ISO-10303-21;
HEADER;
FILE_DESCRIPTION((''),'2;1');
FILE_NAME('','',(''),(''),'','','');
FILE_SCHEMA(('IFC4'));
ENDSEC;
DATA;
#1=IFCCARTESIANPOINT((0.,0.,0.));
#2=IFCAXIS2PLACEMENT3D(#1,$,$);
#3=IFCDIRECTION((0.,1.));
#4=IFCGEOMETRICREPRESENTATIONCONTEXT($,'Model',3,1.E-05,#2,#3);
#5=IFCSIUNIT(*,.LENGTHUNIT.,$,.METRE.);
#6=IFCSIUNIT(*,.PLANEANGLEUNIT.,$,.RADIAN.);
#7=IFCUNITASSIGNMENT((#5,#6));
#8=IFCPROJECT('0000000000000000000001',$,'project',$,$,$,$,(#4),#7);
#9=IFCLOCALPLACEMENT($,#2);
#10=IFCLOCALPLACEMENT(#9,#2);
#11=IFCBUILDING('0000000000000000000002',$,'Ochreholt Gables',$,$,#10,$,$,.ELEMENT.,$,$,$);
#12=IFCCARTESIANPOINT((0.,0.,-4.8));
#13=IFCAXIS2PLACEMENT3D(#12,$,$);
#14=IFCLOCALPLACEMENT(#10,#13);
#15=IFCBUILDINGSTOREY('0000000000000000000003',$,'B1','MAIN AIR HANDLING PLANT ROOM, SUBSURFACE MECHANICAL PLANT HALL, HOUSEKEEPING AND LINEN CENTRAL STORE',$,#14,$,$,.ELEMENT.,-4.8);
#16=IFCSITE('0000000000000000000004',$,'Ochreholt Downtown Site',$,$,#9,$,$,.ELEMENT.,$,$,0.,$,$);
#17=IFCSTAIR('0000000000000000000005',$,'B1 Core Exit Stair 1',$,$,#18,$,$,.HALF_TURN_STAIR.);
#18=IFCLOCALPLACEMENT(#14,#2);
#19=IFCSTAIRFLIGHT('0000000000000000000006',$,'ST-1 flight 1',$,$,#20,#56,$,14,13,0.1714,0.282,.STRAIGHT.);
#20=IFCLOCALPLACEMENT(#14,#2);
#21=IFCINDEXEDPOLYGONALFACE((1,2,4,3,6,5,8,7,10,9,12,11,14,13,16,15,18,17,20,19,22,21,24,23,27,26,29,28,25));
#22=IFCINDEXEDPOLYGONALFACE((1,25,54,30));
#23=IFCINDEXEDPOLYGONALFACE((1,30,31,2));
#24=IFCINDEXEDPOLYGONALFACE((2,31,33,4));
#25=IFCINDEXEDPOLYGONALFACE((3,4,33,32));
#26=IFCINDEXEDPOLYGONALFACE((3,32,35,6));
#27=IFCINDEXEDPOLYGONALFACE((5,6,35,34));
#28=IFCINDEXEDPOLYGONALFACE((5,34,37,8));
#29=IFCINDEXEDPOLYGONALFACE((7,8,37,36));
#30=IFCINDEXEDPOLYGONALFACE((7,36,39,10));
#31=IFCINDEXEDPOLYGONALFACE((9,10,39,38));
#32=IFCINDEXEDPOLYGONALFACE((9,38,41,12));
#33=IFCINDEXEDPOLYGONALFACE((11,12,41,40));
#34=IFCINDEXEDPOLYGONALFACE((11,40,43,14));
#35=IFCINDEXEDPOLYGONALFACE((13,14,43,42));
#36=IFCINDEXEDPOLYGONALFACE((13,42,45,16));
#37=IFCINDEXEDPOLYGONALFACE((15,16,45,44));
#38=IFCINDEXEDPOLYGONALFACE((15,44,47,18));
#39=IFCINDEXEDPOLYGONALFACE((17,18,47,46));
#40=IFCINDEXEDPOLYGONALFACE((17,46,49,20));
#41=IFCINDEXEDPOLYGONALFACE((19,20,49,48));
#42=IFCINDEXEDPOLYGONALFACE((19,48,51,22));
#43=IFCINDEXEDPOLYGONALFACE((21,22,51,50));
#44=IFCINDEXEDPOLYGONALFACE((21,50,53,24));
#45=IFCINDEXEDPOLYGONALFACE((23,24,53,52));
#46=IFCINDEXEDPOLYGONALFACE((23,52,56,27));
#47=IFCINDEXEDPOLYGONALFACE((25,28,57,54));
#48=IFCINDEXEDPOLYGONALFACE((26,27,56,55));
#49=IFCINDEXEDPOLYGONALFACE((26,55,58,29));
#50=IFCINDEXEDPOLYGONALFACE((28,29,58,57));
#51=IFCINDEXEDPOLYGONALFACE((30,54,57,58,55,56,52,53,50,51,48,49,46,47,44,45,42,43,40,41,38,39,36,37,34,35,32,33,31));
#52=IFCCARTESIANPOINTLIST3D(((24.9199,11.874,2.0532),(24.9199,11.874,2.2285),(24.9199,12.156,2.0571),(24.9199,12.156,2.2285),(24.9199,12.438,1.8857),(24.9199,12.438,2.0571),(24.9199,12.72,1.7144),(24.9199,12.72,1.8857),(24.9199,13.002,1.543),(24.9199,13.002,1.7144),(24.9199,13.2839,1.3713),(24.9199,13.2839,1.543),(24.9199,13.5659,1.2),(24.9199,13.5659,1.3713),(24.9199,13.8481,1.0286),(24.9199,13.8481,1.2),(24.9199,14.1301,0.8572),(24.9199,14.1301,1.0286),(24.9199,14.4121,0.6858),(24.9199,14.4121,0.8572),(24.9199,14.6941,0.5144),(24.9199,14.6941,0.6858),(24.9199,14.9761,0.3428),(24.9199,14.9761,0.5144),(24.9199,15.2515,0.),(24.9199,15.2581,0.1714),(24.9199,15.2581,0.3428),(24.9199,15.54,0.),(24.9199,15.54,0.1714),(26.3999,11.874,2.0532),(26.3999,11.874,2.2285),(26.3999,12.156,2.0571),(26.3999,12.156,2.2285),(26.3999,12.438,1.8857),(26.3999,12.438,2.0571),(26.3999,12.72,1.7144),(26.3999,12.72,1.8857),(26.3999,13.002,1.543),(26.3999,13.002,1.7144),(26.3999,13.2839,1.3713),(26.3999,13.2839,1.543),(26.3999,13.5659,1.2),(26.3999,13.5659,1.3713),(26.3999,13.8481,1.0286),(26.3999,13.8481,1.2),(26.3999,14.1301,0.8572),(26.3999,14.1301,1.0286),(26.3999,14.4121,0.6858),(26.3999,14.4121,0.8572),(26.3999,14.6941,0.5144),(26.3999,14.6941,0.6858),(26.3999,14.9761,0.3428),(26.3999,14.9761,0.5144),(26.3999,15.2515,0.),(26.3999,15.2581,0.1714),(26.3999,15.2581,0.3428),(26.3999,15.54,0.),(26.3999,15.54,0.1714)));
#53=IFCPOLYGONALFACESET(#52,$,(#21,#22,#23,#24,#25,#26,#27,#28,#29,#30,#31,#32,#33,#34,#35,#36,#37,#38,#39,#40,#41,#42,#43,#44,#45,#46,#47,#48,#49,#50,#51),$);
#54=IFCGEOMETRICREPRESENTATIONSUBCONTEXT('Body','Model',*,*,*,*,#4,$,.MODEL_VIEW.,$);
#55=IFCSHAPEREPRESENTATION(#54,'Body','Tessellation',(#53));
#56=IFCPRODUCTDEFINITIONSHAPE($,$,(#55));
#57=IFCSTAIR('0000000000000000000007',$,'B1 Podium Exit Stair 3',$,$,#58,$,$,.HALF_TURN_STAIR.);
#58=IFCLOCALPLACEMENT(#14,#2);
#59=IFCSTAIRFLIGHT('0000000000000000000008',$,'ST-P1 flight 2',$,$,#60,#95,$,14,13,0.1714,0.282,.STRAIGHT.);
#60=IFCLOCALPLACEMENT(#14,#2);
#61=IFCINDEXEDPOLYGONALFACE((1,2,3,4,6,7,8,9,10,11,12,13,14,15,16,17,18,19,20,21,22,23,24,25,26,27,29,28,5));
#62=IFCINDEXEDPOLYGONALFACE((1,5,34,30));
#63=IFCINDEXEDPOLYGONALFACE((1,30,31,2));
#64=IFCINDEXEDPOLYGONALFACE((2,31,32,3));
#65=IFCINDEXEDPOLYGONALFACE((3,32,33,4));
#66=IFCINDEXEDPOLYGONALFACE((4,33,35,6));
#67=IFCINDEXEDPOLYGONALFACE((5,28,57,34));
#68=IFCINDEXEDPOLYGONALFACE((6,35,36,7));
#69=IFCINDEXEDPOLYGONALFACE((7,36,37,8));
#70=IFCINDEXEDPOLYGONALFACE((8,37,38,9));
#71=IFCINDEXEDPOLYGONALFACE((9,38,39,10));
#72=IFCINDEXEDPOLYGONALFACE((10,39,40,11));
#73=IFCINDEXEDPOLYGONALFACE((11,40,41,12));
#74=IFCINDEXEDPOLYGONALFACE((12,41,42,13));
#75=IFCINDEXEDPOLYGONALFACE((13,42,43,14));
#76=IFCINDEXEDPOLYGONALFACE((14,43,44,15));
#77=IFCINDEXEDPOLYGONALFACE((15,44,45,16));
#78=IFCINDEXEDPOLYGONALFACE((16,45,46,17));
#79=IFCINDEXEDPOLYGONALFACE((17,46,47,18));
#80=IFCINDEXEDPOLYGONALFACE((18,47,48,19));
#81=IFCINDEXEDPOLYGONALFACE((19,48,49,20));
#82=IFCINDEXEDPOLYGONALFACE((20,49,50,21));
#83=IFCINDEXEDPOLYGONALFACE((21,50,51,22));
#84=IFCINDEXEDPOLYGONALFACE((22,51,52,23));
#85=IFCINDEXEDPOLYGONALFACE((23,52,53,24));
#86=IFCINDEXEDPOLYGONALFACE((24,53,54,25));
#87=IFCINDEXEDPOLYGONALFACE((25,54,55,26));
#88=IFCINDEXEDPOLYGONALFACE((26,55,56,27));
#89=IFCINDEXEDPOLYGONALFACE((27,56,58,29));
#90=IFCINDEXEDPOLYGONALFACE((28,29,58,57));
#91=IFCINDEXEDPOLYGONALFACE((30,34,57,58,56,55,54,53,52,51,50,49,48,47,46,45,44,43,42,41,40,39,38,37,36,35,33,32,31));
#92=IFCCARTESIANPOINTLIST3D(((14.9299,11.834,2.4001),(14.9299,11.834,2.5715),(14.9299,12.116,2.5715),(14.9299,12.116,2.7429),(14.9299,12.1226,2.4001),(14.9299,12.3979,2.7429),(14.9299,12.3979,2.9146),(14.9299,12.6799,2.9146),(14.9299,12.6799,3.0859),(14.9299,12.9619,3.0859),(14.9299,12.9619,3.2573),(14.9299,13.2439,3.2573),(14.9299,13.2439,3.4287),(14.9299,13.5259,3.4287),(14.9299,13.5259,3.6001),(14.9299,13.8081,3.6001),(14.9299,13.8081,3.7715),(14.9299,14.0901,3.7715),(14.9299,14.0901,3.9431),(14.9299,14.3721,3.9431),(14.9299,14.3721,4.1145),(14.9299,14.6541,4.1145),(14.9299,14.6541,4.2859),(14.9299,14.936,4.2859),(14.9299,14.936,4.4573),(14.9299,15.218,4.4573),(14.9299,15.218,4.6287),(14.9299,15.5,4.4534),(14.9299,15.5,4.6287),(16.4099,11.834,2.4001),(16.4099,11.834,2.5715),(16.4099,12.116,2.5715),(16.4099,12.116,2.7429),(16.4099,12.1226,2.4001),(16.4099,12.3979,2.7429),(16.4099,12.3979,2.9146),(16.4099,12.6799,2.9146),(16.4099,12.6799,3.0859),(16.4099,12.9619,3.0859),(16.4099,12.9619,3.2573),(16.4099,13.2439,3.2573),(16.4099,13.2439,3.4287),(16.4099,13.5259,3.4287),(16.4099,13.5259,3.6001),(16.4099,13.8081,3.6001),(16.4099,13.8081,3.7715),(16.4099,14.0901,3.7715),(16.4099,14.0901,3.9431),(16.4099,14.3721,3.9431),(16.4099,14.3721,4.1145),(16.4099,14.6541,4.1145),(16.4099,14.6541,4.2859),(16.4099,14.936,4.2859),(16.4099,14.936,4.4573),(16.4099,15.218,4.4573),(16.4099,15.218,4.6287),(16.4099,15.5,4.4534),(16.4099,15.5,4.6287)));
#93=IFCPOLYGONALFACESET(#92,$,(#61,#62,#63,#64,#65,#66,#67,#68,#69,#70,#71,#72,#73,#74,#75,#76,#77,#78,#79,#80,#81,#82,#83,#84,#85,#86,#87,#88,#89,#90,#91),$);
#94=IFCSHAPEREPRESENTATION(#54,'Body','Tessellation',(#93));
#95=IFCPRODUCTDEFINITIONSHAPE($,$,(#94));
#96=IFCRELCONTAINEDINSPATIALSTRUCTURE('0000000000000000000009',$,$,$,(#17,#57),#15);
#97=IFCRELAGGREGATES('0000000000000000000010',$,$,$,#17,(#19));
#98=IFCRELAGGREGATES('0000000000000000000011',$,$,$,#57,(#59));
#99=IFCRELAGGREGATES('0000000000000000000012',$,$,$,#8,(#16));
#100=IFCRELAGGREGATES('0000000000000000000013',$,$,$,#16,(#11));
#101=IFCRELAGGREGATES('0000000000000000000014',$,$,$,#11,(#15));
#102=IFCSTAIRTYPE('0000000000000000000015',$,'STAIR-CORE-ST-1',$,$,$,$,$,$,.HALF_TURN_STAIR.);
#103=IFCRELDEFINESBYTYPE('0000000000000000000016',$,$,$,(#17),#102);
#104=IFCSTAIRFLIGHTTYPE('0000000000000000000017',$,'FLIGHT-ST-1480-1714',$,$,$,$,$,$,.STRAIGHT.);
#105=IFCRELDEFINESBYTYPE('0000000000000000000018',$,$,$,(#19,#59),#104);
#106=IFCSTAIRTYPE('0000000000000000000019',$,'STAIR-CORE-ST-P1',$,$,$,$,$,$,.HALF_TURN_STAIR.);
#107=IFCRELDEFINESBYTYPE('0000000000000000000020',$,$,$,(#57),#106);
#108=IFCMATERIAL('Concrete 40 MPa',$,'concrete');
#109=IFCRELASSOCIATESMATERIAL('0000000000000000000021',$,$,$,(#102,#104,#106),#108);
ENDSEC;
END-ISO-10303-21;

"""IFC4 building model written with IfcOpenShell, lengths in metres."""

from ifc_helpers import new_model, si_unit, direction, frame, origin, place, context, subcontext, project, spatial, polyline, outline, extrude, material, type_object, element, aggregate, save


model = new_model("IFC4")

# Units and contexts
model_context = context("Model", 3, precision=1e-05, world=origin(), true_north=direction((0.0, 1.0)))
body_context = subcontext(model_context, "Body", "Model", "MODEL_VIEW")
ifc_project = project(units=[si_unit("LENGTHUNIT", "METRE"), si_unit("PLANEANGLEUNIT", "RADIAN")], contexts=[model_context])

# Site, building, storey
site_placement = place(None, origin())
site = spatial("IfcSite", under=ifc_project, at=site_placement, Name="Ochreholt Downtown Site", CompositionType="ELEMENT", RefElevation=0.0)
building_placement = place(site_placement, origin())
building = spatial("IfcBuilding", under=site, at=building_placement, Name="Ochreholt Gables", CompositionType="ELEMENT")
storey_placement = place(building_placement, frame((0.0, 0.0, -4.8)))
storey = spatial("IfcBuildingStorey", under=building, at=storey_placement, Name="B1", Description="MAIN AIR HANDLING PLANT ROOM, SUBSURFACE MECHANICAL PLANT HALL, HOUSEKEEPING AND LINEN CENTRAL STORE", CompositionType="ELEMENT", Elevation=-4.8)

# Stairs, stair flights
ifc_material_1 = material(Name="Concrete 40 MPa", Category="concrete")
stair_type_1 = type_object("IfcStairType", Name="STAIR-CORE-ST-1", PredefinedType="HALF_TURN_STAIR", material=ifc_material_1)
stair_1_placement = place(storey_placement, origin())
stair_1 = element("IfcStair", 1, at=stair_1_placement, inside=storey, type_object=stair_type_1, Name="B1 Core Exit Stair 1", PredefinedType="HALF_TURN_STAIR")
stair_flight_type = type_object("IfcStairFlightType", Name="FLIGHT-ST-1480-1714", PredefinedType="STRAIGHT", material=ifc_material_1)
stair_flight_1_placement = place(storey_placement, frame((25.6599, 15.54, 0.0), z_axis=(0.0, 0.0, 1.0), x_axis=(0.0, -1.0, 0.0)))
stair_flight_1 = element("IfcStairFlight", 2, at=stair_flight_1_placement, type_object=stair_flight_type, Name="ST-1 flight 1", NumberOfRisers=14, NumberOfTreads=13, PredefinedType="STRAIGHT", RiserHeight=0.1714, TreadLength=0.282, context=body_context, shape_type="SweptSolid", body=[
    extrude(outline(polyline([(0.0, 0.0), (0.0, 0.1714), (0.282, 0.1714), (0.282, 0.3428), (0.564, 0.3428), (0.564, 0.5144), (0.8459, 0.5144), (0.8459, 0.6858), (1.1279, 0.6858), (1.1279, 0.8572), (1.4099, 0.8572), (1.4099, 1.0286), (1.6919, 1.0286), (1.6919, 1.2), (1.9741, 1.2), (1.9741, 1.3713), (2.2561, 1.3713), (2.2561, 1.543), (2.5381, 1.543), (2.5381, 1.7144), (2.8201, 1.7144), (2.8201, 1.8857), (3.1021, 1.8857), (3.1021, 2.0571), (3.384, 2.0571), (3.384, 2.2285), (3.666, 2.2285), (3.666, 2.3999), (3.666, 2.0532), (0.2886, 0.0), (0.0, 0.0)])), frame((0.0, 0.74, 0.0), z_axis=(0.0, -1.0, 0.0), x_axis=(1.0, 0.0, 0.0)), (0.0, 0.0, 1.0), 1.48),
])
aggregate(stair_1, [stair_flight_1])
stair_type_2 = type_object("IfcStairType", Name="STAIR-CORE-ST-P1", PredefinedType="HALF_TURN_STAIR", material=ifc_material_1)
stair_2_placement = place(storey_placement, origin())
stair_2 = element("IfcStair", 3, at=stair_2_placement, inside=storey, type_object=stair_type_2, Name="B1 Podium Exit Stair 3", PredefinedType="HALF_TURN_STAIR")
stair_flight_2_placement = place(storey_placement, frame((15.6699, 11.834, 2.4001), z_axis=(0.0, 0.0, 1.0), x_axis=(0.0, 1.0, 0.0)))
stair_flight_2 = element("IfcStairFlight", 4, at=stair_flight_2_placement, type_object=stair_flight_type, Name="ST-P1 flight 2", NumberOfRisers=14, NumberOfTreads=13, PredefinedType="STRAIGHT", RiserHeight=0.1714, TreadLength=0.282, context=body_context, shape_type="SweptSolid", body=[
    extrude(outline(polyline([(0.0, 0.0), (0.0, 0.1714), (0.282, 0.1714), (0.282, 0.3428), (0.564, 0.3428), (0.564, 0.5144), (0.8459, 0.5144), (0.8459, 0.6858), (1.1279, 0.6858), (1.1279, 0.8572), (1.4099, 0.8572), (1.4099, 1.0286), (1.6919, 1.0286), (1.6919, 1.2), (1.9741, 1.2), (1.9741, 1.3713), (2.2561, 1.3713), (2.2561, 1.543), (2.5381, 1.543), (2.5381, 1.7144), (2.8201, 1.7144), (2.8201, 1.8857), (3.1021, 1.8857), (3.1021, 2.0571), (3.384, 2.0571), (3.384, 2.2285), (3.666, 2.2285), (3.666, 2.3999), (3.666, 2.0532), (0.2886, 0.0), (0.0, 0.0)])), frame((0.0, 0.74, 0.0), z_axis=(0.0, -1.0, 0.0), x_axis=(1.0, 0.0, 0.0)), (0.0, 0.0, 1.0), 1.48),
])
aggregate(stair_2, [stair_flight_2])

save(model, "model.ifc")
